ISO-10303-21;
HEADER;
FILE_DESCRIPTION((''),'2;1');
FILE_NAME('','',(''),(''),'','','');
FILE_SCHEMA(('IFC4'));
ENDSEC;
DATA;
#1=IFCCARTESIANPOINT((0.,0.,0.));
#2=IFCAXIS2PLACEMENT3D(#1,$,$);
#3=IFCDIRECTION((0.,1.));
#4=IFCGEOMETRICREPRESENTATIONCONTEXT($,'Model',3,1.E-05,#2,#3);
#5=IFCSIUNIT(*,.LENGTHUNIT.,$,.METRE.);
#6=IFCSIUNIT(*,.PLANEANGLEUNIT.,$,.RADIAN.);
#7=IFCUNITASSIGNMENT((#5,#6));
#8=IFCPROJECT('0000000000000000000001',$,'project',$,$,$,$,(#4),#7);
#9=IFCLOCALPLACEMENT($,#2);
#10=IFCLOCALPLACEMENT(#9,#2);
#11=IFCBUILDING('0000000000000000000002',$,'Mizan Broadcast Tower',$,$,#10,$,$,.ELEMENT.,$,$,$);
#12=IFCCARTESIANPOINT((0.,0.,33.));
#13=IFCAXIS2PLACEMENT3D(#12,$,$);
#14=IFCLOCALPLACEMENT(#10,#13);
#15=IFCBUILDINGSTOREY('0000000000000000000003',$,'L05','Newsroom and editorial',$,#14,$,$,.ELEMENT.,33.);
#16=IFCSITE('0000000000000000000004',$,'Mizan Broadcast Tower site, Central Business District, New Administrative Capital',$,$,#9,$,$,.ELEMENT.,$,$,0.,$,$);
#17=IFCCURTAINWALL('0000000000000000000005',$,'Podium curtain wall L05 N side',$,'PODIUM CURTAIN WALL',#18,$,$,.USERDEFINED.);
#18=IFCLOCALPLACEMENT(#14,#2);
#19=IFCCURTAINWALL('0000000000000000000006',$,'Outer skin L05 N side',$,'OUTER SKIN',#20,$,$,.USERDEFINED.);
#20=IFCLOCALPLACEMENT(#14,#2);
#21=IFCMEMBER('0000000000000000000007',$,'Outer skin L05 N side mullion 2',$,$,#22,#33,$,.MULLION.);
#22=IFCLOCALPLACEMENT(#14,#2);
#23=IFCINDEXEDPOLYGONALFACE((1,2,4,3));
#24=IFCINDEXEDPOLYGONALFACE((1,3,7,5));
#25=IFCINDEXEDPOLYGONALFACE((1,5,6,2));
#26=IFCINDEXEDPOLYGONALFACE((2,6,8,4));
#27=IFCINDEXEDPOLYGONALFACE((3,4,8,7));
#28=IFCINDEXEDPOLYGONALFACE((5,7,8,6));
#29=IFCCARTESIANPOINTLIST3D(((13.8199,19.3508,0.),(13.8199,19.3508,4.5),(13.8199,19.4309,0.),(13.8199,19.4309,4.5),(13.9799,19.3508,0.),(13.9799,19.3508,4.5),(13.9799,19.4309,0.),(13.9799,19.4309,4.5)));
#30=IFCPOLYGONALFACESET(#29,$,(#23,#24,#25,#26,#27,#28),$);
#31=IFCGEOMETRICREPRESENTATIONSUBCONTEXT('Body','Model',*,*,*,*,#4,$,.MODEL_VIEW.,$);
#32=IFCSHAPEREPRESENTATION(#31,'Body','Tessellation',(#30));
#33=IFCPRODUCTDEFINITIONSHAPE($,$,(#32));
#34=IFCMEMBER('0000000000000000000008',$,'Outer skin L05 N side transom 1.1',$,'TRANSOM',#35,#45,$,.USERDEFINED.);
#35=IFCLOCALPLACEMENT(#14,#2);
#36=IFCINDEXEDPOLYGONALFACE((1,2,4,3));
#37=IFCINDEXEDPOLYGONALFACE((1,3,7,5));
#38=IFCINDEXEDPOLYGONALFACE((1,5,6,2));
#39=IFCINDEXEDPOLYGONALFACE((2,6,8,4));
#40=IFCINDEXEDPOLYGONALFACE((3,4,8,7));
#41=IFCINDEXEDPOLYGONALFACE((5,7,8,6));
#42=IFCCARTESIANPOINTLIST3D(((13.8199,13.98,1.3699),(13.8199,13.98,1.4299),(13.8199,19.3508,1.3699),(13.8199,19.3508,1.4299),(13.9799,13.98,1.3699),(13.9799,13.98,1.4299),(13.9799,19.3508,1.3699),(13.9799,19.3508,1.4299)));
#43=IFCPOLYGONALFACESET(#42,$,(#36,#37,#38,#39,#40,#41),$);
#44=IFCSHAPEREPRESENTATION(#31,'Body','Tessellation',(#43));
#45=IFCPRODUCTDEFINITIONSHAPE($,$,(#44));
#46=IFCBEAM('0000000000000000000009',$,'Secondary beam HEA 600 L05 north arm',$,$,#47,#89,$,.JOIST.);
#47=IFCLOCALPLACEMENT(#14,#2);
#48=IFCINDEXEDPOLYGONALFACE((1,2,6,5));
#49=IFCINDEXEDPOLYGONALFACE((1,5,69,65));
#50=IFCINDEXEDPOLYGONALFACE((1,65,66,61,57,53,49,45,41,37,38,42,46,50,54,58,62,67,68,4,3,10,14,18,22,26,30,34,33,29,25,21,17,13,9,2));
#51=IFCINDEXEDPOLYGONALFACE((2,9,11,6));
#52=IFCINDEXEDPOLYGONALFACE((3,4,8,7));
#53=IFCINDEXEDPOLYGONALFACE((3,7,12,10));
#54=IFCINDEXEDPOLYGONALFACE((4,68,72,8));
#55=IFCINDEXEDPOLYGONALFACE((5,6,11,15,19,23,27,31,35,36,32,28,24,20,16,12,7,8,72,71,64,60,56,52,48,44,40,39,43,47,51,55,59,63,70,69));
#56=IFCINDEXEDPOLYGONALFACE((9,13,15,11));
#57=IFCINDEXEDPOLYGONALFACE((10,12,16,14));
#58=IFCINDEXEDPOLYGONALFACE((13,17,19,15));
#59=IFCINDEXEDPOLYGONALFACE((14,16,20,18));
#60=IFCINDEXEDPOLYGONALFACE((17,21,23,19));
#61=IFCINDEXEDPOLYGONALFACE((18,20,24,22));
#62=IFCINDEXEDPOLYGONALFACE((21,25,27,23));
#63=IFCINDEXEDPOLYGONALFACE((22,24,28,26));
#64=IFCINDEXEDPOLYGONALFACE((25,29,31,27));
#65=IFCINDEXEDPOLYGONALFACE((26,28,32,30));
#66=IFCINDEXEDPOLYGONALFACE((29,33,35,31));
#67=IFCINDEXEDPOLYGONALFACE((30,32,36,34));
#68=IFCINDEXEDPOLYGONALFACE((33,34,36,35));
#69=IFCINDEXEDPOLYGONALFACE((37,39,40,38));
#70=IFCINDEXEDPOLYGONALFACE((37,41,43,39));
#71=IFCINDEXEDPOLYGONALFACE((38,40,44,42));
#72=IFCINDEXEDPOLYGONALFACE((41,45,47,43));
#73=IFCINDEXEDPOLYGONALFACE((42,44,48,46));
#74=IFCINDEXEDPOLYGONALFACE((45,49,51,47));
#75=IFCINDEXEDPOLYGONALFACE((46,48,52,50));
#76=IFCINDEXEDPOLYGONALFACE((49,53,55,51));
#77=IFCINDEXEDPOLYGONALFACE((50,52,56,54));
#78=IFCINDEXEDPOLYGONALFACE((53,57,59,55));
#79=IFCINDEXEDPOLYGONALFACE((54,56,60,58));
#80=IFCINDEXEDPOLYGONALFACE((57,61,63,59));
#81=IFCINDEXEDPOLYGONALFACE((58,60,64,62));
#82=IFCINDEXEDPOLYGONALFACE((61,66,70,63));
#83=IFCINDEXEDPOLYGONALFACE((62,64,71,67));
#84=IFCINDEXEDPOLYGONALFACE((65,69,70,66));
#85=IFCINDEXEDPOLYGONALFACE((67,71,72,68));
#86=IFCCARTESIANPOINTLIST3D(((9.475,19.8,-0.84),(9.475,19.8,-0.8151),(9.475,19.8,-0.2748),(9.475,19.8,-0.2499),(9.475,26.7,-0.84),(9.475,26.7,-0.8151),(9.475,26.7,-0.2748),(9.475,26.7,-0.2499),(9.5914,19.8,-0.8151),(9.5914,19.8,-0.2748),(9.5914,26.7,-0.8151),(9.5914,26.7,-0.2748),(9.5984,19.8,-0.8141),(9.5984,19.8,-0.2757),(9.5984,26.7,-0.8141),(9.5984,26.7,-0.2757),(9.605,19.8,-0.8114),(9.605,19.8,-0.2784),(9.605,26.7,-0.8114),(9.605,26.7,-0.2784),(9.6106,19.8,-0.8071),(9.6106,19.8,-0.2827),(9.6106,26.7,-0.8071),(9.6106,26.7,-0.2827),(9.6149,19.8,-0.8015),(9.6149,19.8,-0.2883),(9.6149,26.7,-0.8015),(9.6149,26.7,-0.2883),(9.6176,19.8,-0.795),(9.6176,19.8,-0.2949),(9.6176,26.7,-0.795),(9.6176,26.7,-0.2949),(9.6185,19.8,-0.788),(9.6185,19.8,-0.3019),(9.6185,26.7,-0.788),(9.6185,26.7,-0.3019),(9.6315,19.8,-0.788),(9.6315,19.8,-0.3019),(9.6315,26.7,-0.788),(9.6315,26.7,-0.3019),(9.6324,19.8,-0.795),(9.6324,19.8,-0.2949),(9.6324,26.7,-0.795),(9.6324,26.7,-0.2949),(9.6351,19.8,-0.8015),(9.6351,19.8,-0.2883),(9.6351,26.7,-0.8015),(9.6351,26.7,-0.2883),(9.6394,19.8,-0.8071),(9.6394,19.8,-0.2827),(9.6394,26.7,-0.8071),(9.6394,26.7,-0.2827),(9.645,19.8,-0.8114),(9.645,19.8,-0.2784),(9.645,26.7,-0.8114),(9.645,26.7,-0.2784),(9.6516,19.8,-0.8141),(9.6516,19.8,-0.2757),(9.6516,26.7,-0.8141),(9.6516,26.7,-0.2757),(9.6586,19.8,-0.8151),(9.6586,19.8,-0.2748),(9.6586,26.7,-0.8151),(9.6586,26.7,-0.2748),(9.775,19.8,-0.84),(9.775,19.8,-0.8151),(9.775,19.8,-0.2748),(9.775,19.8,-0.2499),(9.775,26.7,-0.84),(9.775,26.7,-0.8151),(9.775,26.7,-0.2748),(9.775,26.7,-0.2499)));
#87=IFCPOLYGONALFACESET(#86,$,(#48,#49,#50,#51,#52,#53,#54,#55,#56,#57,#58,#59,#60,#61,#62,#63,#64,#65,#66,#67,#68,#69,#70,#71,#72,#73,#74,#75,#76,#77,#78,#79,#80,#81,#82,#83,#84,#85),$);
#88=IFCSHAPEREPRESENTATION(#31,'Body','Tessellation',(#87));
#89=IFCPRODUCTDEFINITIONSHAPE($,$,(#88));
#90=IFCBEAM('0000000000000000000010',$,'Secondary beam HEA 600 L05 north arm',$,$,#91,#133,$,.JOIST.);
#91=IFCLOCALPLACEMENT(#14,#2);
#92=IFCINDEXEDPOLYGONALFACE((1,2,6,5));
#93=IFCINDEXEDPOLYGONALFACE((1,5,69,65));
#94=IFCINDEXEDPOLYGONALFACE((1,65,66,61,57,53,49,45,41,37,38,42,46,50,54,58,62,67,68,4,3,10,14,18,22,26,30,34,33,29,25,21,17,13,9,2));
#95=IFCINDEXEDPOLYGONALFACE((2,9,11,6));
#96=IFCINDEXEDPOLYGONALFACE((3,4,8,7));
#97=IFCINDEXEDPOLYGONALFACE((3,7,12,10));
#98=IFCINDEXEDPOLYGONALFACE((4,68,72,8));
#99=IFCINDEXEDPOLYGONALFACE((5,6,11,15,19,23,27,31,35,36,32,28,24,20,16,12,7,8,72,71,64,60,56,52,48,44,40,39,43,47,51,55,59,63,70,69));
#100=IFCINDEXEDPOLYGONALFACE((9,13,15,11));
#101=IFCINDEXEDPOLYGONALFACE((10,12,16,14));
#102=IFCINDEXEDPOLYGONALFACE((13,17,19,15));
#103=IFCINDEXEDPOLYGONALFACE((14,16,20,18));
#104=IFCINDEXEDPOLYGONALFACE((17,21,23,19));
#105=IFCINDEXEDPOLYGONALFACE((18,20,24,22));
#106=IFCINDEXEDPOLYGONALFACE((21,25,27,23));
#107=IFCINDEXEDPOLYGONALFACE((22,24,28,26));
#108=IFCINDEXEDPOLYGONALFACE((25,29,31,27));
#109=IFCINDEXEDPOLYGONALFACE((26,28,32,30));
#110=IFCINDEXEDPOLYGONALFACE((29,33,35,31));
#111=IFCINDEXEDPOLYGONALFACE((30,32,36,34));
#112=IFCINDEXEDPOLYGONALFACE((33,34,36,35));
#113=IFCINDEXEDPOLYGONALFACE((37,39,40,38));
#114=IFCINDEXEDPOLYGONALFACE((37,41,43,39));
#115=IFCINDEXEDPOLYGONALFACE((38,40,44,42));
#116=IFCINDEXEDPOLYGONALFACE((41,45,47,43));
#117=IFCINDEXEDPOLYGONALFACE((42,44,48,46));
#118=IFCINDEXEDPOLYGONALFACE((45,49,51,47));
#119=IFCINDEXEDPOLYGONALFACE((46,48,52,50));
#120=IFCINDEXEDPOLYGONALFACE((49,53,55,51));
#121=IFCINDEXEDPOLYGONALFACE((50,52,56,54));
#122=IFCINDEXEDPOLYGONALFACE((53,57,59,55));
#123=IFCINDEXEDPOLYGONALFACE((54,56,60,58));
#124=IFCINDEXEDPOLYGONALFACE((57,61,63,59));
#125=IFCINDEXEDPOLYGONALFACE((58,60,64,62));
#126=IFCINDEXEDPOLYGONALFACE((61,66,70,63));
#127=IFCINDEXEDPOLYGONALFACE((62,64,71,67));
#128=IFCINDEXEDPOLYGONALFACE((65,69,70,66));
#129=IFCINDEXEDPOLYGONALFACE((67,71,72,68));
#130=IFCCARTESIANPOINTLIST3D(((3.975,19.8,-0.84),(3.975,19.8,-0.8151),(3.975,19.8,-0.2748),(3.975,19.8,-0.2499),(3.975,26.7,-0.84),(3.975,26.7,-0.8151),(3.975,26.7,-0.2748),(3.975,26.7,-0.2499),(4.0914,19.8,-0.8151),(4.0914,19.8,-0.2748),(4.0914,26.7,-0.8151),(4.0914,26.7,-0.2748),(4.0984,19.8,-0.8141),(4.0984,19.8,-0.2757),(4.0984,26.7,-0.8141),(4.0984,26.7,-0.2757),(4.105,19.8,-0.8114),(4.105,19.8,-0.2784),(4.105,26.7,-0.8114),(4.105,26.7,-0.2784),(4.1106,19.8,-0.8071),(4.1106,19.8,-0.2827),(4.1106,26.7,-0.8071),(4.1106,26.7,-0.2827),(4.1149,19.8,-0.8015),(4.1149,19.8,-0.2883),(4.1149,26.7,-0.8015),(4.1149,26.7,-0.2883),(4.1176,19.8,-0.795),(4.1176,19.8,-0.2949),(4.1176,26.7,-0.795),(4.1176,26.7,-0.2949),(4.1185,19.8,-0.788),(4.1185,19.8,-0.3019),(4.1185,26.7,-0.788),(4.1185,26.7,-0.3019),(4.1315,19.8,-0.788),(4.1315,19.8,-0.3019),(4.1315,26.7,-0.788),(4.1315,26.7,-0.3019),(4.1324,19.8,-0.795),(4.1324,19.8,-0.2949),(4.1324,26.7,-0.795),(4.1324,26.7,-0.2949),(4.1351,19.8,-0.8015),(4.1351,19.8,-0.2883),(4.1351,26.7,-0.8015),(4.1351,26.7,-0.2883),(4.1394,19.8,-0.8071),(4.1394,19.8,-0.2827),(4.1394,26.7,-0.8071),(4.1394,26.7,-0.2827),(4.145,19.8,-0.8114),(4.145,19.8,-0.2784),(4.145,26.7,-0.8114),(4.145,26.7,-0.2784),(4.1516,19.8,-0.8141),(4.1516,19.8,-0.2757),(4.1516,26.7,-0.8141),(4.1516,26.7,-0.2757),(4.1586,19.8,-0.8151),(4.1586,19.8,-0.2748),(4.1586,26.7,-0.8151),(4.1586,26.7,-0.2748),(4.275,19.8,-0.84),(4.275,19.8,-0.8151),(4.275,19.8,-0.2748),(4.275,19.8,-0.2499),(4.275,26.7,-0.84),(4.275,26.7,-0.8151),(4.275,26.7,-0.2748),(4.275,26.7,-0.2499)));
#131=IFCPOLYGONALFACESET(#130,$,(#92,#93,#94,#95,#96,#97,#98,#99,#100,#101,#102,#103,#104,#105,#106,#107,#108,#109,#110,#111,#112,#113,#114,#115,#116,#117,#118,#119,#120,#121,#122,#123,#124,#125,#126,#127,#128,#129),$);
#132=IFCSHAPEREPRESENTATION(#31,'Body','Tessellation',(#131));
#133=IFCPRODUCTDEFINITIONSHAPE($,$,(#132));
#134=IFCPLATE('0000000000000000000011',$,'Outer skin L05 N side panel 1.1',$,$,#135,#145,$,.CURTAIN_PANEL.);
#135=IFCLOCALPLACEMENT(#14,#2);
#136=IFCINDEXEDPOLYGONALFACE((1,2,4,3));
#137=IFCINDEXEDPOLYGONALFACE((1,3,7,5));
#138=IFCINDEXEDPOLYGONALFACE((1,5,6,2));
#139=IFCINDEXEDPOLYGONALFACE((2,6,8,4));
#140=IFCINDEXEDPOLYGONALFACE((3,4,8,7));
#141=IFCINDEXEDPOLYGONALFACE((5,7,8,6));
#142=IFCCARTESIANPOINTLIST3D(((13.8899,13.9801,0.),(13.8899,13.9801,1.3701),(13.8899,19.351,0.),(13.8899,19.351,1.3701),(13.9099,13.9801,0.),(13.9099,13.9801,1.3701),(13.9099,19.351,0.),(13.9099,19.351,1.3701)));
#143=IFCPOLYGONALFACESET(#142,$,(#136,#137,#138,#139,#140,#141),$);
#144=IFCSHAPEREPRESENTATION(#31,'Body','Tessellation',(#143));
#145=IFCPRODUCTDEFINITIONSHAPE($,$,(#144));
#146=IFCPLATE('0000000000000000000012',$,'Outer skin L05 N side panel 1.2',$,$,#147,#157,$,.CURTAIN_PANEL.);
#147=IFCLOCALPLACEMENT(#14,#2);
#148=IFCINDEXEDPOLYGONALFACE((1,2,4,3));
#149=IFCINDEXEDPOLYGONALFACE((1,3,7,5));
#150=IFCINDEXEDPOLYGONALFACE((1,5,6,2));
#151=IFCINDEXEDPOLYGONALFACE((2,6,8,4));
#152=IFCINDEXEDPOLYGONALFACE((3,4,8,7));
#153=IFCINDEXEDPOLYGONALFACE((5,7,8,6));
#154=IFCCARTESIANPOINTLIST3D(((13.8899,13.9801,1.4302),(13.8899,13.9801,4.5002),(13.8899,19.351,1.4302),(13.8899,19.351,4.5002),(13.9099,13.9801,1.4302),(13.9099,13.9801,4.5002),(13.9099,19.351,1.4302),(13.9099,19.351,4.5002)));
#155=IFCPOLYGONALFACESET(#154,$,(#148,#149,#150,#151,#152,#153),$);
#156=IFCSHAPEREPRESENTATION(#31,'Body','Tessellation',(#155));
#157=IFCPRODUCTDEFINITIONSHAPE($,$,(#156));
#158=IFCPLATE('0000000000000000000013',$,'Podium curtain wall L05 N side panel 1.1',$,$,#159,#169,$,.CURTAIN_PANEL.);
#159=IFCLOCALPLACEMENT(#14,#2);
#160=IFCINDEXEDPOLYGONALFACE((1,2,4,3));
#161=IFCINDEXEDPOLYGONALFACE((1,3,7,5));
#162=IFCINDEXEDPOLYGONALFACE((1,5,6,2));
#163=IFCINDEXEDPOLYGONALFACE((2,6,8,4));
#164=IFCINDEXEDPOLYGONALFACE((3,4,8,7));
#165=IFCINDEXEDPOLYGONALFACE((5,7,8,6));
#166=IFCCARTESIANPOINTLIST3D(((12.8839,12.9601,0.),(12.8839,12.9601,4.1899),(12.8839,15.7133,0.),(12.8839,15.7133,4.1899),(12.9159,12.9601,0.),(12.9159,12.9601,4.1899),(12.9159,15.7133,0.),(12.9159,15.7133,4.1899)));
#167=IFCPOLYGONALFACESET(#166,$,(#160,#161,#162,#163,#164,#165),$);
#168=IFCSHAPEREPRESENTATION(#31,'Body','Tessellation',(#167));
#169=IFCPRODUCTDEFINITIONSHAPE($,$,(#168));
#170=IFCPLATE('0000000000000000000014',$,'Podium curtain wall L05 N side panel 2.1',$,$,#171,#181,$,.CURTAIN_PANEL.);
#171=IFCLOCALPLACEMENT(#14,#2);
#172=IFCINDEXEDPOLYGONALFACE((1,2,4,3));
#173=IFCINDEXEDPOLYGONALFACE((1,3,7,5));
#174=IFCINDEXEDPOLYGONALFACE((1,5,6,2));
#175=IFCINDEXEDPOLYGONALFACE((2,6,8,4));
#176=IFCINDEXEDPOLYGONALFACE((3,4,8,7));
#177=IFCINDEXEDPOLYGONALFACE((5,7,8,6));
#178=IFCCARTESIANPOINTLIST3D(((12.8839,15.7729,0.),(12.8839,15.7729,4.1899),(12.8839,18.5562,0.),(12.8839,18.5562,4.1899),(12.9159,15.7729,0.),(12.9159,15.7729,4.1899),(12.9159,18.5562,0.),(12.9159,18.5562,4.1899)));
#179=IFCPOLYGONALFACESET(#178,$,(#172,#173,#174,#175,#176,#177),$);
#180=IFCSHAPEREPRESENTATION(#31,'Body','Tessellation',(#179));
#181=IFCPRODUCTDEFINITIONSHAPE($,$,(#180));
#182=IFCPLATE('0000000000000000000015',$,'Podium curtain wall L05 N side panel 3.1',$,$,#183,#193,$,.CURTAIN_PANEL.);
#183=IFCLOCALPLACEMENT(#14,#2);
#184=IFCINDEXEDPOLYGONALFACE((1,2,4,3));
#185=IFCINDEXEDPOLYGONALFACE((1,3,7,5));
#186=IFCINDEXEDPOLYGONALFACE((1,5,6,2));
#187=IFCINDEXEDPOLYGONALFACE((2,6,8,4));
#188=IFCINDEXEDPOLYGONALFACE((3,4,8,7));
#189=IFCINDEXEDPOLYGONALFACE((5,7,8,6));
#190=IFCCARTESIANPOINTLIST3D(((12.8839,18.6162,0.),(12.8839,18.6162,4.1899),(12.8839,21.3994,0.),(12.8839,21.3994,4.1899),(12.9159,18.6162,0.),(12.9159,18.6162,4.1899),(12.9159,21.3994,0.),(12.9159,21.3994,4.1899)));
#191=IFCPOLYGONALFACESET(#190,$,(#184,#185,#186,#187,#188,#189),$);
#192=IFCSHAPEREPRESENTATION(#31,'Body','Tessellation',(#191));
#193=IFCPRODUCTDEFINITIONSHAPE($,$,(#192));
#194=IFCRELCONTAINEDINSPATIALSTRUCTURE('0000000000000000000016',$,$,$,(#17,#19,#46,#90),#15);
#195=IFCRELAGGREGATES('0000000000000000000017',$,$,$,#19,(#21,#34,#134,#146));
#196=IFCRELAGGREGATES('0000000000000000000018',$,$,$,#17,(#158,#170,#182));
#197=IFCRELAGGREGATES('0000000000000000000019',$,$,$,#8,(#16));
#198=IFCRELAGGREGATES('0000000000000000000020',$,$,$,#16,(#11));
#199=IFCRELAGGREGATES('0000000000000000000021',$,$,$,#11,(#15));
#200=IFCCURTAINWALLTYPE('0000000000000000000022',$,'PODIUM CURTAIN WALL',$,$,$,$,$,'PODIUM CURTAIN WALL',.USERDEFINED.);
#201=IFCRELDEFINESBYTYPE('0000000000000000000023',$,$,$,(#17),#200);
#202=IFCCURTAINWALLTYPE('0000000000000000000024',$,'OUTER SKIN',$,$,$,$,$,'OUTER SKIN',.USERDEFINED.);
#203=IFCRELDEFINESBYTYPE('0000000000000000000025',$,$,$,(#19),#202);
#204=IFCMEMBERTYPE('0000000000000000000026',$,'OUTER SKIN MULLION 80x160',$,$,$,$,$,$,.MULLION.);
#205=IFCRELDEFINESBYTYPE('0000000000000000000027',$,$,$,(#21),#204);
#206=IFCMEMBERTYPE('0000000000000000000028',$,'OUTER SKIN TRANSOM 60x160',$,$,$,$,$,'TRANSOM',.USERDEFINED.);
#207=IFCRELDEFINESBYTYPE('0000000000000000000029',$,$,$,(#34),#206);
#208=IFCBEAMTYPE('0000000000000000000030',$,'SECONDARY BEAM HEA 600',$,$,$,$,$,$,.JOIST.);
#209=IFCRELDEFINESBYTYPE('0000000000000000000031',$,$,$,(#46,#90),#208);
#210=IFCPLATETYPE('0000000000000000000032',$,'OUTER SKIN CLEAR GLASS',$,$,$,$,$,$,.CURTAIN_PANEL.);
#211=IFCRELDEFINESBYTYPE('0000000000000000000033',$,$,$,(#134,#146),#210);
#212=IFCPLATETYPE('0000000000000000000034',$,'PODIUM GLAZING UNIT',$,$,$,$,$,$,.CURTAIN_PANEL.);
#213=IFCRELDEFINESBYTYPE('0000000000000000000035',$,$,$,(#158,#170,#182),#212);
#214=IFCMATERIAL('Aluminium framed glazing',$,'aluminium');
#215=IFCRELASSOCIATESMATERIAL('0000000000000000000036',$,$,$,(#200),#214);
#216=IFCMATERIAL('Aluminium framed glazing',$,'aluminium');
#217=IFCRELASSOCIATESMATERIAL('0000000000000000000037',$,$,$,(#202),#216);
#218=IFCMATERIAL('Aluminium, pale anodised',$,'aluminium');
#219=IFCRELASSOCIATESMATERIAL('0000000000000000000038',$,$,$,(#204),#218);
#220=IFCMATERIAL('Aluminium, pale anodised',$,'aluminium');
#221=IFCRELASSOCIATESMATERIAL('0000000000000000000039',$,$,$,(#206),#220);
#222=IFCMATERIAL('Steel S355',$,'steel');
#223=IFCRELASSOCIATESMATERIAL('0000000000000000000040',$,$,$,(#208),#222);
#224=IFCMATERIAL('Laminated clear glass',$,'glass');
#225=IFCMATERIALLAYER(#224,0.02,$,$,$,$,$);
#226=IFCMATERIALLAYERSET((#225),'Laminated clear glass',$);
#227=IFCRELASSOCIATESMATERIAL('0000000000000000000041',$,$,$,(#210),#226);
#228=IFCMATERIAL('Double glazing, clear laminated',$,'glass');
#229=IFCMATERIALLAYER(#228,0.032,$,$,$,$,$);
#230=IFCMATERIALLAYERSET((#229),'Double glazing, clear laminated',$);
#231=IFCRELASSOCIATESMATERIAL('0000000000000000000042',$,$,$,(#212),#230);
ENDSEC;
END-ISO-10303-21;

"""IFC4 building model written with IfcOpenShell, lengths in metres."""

from ifc_helpers import new_model, si_unit, direction, frame, origin, origin_2d, place, context, subcontext, project, spatial, rectangle, i_section, extrude, material, layer, layer_set, material_profile, profile_set, type_object, element, aggregate, save


model = new_model("IFC4")

# Units and contexts
model_context = context("Model", 3, precision=1e-05, world=origin(), true_north=direction((0.0, 1.0)))
body_context = subcontext(model_context, "Body", "Model", "MODEL_VIEW")
ifc_project = project(units=[si_unit("LENGTHUNIT", "METRE"), si_unit("PLANEANGLEUNIT", "RADIAN")], contexts=[model_context])

# Site, building, storey
site_placement = place(None, origin())
site = spatial("IfcSite", under=ifc_project, at=site_placement, Name="Mizan Broadcast Tower site, Central Business District, New Administrative Capital", CompositionType="ELEMENT", RefElevation=0.0)
building_placement = place(site_placement, origin())
building = spatial("IfcBuilding", under=site, at=building_placement, Name="Mizan Broadcast Tower", CompositionType="ELEMENT")
storey_placement = place(building_placement, frame((0.0, 0.0, 33.0)))
storey = spatial("IfcBuildingStorey", under=building, at=storey_placement, Name="L05", Description="Newsroom and editorial", CompositionType="ELEMENT", Elevation=33.0)

# Shared definitions
ifc_material_1 = material(Name="Aluminium framed glazing", Category="aluminium")
curtain_wall_type_1 = type_object("IfcCurtainWallType", Name="PODIUM CURTAIN WALL", ElementType="PODIUM CURTAIN WALL", PredefinedType="USERDEFINED", material=ifc_material_1)

# Curtain walls, members
curtain_wall_1_placement = place(storey_placement, origin())
curtain_wall_1 = element("IfcCurtainWall", 1, at=curtain_wall_1_placement, inside=storey, type_object=curtain_wall_type_1, Name="Podium curtain wall L05 N side", ObjectType="PODIUM CURTAIN WALL", PredefinedType="USERDEFINED")
ifc_material_2 = material(Name="Aluminium framed glazing", Category="aluminium")
curtain_wall_type_2 = type_object("IfcCurtainWallType", Name="OUTER SKIN", ElementType="OUTER SKIN", PredefinedType="USERDEFINED", material=ifc_material_2)
curtain_wall_2_placement = place(storey_placement, origin())
curtain_wall_2 = element("IfcCurtainWall", 2, at=curtain_wall_2_placement, inside=storey, type_object=curtain_wall_type_2, Name="Outer skin L05 N side", ObjectType="OUTER SKIN", PredefinedType="USERDEFINED")
ifc_material_3 = material(Name="Aluminium, pale anodised", Category="aluminium")
ifc_material_profile_1 = material_profile(ifc_material_3, rectangle(XDim=0.1599, YDim=0.0801, at=origin_2d()), Name="MULLION 160x80")
ifc_profile_set_1 = profile_set([ifc_material_profile_1], Name="Aluminium, pale anodised")
member_type_1 = type_object("IfcMemberType", Name="OUTER SKIN MULLION 80x160", PredefinedType="MULLION", material=ifc_profile_set_1)
member_1_placement = place(storey_placement, frame((13.8999, 19.3909, 0.0), z_axis=(0.0, 0.0, 1.0), x_axis=(-1.0, 0.0, 0.0)))
member_1 = element("IfcMember", 3, at=member_1_placement, type_object=member_type_1, Name="Outer skin L05 N side mullion 2", PredefinedType="MULLION", context=body_context, shape_type="SweptSolid", body=[
    extrude(rectangle(XDim=0.1599, YDim=0.0801, at=origin_2d()), origin(), (0.0, 0.0, 1.0), 4.5),
])
ifc_material_4 = material(Name="Aluminium, pale anodised", Category="aluminium")
ifc_material_profile_2 = material_profile(ifc_material_4, rectangle(XDim=0.1599, YDim=0.0601, at=origin_2d()), Name="TRANSOM 160x60")
ifc_profile_set_2 = profile_set([ifc_material_profile_2], Name="Aluminium, pale anodised")
member_type_2 = type_object("IfcMemberType", Name="OUTER SKIN TRANSOM 60x160", ElementType="TRANSOM", PredefinedType="USERDEFINED", material=ifc_profile_set_2)
member_2_placement = place(storey_placement, frame((13.8999, 13.98, 1.3999), z_axis=(0.0, 1.0, 0.0), x_axis=(-1.0, 0.0, 0.0)))
member_2 = element("IfcMember", 4, at=member_2_placement, type_object=member_type_2, Name="Outer skin L05 N side transom 1.1", ObjectType="TRANSOM", PredefinedType="USERDEFINED", context=body_context, shape_type="SweptSolid", body=[
    extrude(rectangle(XDim=0.1599, YDim=0.0601, at=origin_2d()), origin(), (0.0, 0.0, 1.0), 5.3708),
])

# Beams
ifc_material_5 = material(Name="Steel S355", Category="steel")
ifc_material_profile_3 = material_profile(ifc_material_5, i_section(OverallWidth=0.3, OverallDepth=0.5901, WebThickness=0.0129, FlangeThickness=0.0249, FilletRadius=0.0271, at=origin_2d()), Name="HEA 600")
ifc_profile_set_3 = profile_set([ifc_material_profile_3], Name="Steel S355")
beam_type_1 = type_object("IfcBeamType", Name="SECONDARY BEAM HEA 600", PredefinedType="JOIST", material=ifc_profile_set_3)
for number, where, z_axis, x_axis, name in (
    (5, (9.625, 19.8, -0.5449), (0.0, 1.0, 0.0), (-1.0, 0.0, 0.0), "Secondary beam HEA 600 L05 north arm"),
    (6, (4.125, 19.8, -0.5449), (0.0, 1.0, 0.0), (-1.0, 0.0, 0.0), "Secondary beam HEA 600 L05 north arm"),
):
    element("IfcBeam", number, at=place(storey_placement, frame(where, z_axis=z_axis, x_axis=x_axis)), inside=storey, type_object=beam_type_1, Name=name, PredefinedType="JOIST", context=body_context, shape_type="SweptSolid", body=[
        extrude(i_section(OverallWidth=0.3, OverallDepth=0.5901, WebThickness=0.0129, FlangeThickness=0.0249, FilletRadius=0.0271, at=origin_2d()), origin(), (0.0, 0.0, 1.0), 6.8999),
    ])

# Plates
ifc_material_6 = material(Name="Laminated clear glass", Category="glass")
ifc_layer_1 = layer(ifc_material_6, 0.02)
ifc_layer_set_1 = layer_set([ifc_layer_1], Name="Laminated clear glass")
plate_type_1 = type_object("IfcPlateType", Name="OUTER SKIN CLEAR GLASS", PredefinedType="CURTAIN_PANEL", material=ifc_layer_set_1)
plate_1_placement = place(storey_placement, frame((13.8999, 16.6655, 0.0), z_axis=(0.0, 0.0, 1.0), x_axis=(0.0, 1.0, 0.0)))
plate_1 = element("IfcPlate", 7, at=plate_1_placement, type_object=plate_type_1, Name="Outer skin L05 N side panel 1.1", PredefinedType="CURTAIN_PANEL", context=body_context, shape_type="SweptSolid", body=[
    extrude(rectangle(XDim=5.3708, YDim=0.02, at=origin_2d()), origin(), (0.0, 0.0, 1.0), 1.3701),
])
plate_2_placement = place(storey_placement, frame((13.8999, 16.6655, 1.4302), z_axis=(0.0, 0.0, 1.0), x_axis=(0.0, 1.0, 0.0)))
plate_2 = element("IfcPlate", 8, at=plate_2_placement, type_object=plate_type_1, Name="Outer skin L05 N side panel 1.2", PredefinedType="CURTAIN_PANEL", context=body_context, shape_type="SweptSolid", body=[
    extrude(rectangle(XDim=5.3708, YDim=0.02, at=origin_2d()), origin(), (0.0, 0.0, 1.0), 3.0701),
])
aggregate(curtain_wall_2, [member_1, member_2, plate_1, plate_2])
ifc_material_7 = material(Name="Double glazing, clear laminated", Category="glass")
ifc_layer_2 = layer(ifc_material_7, 0.032)
ifc_layer_set_2 = layer_set([ifc_layer_2], Name="Double glazing, clear laminated")
plate_type_2 = type_object("IfcPlateType", Name="PODIUM GLAZING UNIT", PredefinedType="CURTAIN_PANEL", material=ifc_layer_set_2)
plate_3_placement = place(storey_placement, frame((12.8999, 14.3367, 0.0), z_axis=(0.0, 0.0, 1.0), x_axis=(0.0, 1.0, 0.0)))
plate_3 = element("IfcPlate", 9, at=plate_3_placement, type_object=plate_type_2, Name="Podium curtain wall L05 N side panel 1.1", PredefinedType="CURTAIN_PANEL", context=body_context, shape_type="SweptSolid", body=[
    extrude(rectangle(XDim=2.7532, YDim=0.032, at=origin_2d()), origin(), (0.0, 0.0, 1.0), 4.1899),
])
plate_4_placement = place(storey_placement, frame((12.8999, 17.1646, 0.0), z_axis=(0.0, 0.0, 1.0), x_axis=(0.0, 1.0, 0.0)))
plate_4 = element("IfcPlate", 10, at=plate_4_placement, type_object=plate_type_2, Name="Podium curtain wall L05 N side panel 2.1", PredefinedType="CURTAIN_PANEL", context=body_context, shape_type="SweptSolid", body=[
    extrude(rectangle(XDim=2.7832, YDim=0.032, at=origin_2d()), origin(), (0.0, 0.0, 1.0), 4.1899),
])
plate_5_placement = place(storey_placement, frame((12.8999, 20.0078, 0.0), z_axis=(0.0, 0.0, 1.0), x_axis=(0.0, 1.0, 0.0)))
plate_5 = element("IfcPlate", 11, at=plate_5_placement, type_object=plate_type_2, Name="Podium curtain wall L05 N side panel 3.1", PredefinedType="CURTAIN_PANEL", context=body_context, shape_type="SweptSolid", body=[
    extrude(rectangle(XDim=2.7832, YDim=0.032, at=origin_2d()), origin(), (0.0, 0.0, 1.0), 4.1899),
])
aggregate(curtain_wall_1, [plate_3, plate_4, plate_5])

save(model, "model.ifc")
